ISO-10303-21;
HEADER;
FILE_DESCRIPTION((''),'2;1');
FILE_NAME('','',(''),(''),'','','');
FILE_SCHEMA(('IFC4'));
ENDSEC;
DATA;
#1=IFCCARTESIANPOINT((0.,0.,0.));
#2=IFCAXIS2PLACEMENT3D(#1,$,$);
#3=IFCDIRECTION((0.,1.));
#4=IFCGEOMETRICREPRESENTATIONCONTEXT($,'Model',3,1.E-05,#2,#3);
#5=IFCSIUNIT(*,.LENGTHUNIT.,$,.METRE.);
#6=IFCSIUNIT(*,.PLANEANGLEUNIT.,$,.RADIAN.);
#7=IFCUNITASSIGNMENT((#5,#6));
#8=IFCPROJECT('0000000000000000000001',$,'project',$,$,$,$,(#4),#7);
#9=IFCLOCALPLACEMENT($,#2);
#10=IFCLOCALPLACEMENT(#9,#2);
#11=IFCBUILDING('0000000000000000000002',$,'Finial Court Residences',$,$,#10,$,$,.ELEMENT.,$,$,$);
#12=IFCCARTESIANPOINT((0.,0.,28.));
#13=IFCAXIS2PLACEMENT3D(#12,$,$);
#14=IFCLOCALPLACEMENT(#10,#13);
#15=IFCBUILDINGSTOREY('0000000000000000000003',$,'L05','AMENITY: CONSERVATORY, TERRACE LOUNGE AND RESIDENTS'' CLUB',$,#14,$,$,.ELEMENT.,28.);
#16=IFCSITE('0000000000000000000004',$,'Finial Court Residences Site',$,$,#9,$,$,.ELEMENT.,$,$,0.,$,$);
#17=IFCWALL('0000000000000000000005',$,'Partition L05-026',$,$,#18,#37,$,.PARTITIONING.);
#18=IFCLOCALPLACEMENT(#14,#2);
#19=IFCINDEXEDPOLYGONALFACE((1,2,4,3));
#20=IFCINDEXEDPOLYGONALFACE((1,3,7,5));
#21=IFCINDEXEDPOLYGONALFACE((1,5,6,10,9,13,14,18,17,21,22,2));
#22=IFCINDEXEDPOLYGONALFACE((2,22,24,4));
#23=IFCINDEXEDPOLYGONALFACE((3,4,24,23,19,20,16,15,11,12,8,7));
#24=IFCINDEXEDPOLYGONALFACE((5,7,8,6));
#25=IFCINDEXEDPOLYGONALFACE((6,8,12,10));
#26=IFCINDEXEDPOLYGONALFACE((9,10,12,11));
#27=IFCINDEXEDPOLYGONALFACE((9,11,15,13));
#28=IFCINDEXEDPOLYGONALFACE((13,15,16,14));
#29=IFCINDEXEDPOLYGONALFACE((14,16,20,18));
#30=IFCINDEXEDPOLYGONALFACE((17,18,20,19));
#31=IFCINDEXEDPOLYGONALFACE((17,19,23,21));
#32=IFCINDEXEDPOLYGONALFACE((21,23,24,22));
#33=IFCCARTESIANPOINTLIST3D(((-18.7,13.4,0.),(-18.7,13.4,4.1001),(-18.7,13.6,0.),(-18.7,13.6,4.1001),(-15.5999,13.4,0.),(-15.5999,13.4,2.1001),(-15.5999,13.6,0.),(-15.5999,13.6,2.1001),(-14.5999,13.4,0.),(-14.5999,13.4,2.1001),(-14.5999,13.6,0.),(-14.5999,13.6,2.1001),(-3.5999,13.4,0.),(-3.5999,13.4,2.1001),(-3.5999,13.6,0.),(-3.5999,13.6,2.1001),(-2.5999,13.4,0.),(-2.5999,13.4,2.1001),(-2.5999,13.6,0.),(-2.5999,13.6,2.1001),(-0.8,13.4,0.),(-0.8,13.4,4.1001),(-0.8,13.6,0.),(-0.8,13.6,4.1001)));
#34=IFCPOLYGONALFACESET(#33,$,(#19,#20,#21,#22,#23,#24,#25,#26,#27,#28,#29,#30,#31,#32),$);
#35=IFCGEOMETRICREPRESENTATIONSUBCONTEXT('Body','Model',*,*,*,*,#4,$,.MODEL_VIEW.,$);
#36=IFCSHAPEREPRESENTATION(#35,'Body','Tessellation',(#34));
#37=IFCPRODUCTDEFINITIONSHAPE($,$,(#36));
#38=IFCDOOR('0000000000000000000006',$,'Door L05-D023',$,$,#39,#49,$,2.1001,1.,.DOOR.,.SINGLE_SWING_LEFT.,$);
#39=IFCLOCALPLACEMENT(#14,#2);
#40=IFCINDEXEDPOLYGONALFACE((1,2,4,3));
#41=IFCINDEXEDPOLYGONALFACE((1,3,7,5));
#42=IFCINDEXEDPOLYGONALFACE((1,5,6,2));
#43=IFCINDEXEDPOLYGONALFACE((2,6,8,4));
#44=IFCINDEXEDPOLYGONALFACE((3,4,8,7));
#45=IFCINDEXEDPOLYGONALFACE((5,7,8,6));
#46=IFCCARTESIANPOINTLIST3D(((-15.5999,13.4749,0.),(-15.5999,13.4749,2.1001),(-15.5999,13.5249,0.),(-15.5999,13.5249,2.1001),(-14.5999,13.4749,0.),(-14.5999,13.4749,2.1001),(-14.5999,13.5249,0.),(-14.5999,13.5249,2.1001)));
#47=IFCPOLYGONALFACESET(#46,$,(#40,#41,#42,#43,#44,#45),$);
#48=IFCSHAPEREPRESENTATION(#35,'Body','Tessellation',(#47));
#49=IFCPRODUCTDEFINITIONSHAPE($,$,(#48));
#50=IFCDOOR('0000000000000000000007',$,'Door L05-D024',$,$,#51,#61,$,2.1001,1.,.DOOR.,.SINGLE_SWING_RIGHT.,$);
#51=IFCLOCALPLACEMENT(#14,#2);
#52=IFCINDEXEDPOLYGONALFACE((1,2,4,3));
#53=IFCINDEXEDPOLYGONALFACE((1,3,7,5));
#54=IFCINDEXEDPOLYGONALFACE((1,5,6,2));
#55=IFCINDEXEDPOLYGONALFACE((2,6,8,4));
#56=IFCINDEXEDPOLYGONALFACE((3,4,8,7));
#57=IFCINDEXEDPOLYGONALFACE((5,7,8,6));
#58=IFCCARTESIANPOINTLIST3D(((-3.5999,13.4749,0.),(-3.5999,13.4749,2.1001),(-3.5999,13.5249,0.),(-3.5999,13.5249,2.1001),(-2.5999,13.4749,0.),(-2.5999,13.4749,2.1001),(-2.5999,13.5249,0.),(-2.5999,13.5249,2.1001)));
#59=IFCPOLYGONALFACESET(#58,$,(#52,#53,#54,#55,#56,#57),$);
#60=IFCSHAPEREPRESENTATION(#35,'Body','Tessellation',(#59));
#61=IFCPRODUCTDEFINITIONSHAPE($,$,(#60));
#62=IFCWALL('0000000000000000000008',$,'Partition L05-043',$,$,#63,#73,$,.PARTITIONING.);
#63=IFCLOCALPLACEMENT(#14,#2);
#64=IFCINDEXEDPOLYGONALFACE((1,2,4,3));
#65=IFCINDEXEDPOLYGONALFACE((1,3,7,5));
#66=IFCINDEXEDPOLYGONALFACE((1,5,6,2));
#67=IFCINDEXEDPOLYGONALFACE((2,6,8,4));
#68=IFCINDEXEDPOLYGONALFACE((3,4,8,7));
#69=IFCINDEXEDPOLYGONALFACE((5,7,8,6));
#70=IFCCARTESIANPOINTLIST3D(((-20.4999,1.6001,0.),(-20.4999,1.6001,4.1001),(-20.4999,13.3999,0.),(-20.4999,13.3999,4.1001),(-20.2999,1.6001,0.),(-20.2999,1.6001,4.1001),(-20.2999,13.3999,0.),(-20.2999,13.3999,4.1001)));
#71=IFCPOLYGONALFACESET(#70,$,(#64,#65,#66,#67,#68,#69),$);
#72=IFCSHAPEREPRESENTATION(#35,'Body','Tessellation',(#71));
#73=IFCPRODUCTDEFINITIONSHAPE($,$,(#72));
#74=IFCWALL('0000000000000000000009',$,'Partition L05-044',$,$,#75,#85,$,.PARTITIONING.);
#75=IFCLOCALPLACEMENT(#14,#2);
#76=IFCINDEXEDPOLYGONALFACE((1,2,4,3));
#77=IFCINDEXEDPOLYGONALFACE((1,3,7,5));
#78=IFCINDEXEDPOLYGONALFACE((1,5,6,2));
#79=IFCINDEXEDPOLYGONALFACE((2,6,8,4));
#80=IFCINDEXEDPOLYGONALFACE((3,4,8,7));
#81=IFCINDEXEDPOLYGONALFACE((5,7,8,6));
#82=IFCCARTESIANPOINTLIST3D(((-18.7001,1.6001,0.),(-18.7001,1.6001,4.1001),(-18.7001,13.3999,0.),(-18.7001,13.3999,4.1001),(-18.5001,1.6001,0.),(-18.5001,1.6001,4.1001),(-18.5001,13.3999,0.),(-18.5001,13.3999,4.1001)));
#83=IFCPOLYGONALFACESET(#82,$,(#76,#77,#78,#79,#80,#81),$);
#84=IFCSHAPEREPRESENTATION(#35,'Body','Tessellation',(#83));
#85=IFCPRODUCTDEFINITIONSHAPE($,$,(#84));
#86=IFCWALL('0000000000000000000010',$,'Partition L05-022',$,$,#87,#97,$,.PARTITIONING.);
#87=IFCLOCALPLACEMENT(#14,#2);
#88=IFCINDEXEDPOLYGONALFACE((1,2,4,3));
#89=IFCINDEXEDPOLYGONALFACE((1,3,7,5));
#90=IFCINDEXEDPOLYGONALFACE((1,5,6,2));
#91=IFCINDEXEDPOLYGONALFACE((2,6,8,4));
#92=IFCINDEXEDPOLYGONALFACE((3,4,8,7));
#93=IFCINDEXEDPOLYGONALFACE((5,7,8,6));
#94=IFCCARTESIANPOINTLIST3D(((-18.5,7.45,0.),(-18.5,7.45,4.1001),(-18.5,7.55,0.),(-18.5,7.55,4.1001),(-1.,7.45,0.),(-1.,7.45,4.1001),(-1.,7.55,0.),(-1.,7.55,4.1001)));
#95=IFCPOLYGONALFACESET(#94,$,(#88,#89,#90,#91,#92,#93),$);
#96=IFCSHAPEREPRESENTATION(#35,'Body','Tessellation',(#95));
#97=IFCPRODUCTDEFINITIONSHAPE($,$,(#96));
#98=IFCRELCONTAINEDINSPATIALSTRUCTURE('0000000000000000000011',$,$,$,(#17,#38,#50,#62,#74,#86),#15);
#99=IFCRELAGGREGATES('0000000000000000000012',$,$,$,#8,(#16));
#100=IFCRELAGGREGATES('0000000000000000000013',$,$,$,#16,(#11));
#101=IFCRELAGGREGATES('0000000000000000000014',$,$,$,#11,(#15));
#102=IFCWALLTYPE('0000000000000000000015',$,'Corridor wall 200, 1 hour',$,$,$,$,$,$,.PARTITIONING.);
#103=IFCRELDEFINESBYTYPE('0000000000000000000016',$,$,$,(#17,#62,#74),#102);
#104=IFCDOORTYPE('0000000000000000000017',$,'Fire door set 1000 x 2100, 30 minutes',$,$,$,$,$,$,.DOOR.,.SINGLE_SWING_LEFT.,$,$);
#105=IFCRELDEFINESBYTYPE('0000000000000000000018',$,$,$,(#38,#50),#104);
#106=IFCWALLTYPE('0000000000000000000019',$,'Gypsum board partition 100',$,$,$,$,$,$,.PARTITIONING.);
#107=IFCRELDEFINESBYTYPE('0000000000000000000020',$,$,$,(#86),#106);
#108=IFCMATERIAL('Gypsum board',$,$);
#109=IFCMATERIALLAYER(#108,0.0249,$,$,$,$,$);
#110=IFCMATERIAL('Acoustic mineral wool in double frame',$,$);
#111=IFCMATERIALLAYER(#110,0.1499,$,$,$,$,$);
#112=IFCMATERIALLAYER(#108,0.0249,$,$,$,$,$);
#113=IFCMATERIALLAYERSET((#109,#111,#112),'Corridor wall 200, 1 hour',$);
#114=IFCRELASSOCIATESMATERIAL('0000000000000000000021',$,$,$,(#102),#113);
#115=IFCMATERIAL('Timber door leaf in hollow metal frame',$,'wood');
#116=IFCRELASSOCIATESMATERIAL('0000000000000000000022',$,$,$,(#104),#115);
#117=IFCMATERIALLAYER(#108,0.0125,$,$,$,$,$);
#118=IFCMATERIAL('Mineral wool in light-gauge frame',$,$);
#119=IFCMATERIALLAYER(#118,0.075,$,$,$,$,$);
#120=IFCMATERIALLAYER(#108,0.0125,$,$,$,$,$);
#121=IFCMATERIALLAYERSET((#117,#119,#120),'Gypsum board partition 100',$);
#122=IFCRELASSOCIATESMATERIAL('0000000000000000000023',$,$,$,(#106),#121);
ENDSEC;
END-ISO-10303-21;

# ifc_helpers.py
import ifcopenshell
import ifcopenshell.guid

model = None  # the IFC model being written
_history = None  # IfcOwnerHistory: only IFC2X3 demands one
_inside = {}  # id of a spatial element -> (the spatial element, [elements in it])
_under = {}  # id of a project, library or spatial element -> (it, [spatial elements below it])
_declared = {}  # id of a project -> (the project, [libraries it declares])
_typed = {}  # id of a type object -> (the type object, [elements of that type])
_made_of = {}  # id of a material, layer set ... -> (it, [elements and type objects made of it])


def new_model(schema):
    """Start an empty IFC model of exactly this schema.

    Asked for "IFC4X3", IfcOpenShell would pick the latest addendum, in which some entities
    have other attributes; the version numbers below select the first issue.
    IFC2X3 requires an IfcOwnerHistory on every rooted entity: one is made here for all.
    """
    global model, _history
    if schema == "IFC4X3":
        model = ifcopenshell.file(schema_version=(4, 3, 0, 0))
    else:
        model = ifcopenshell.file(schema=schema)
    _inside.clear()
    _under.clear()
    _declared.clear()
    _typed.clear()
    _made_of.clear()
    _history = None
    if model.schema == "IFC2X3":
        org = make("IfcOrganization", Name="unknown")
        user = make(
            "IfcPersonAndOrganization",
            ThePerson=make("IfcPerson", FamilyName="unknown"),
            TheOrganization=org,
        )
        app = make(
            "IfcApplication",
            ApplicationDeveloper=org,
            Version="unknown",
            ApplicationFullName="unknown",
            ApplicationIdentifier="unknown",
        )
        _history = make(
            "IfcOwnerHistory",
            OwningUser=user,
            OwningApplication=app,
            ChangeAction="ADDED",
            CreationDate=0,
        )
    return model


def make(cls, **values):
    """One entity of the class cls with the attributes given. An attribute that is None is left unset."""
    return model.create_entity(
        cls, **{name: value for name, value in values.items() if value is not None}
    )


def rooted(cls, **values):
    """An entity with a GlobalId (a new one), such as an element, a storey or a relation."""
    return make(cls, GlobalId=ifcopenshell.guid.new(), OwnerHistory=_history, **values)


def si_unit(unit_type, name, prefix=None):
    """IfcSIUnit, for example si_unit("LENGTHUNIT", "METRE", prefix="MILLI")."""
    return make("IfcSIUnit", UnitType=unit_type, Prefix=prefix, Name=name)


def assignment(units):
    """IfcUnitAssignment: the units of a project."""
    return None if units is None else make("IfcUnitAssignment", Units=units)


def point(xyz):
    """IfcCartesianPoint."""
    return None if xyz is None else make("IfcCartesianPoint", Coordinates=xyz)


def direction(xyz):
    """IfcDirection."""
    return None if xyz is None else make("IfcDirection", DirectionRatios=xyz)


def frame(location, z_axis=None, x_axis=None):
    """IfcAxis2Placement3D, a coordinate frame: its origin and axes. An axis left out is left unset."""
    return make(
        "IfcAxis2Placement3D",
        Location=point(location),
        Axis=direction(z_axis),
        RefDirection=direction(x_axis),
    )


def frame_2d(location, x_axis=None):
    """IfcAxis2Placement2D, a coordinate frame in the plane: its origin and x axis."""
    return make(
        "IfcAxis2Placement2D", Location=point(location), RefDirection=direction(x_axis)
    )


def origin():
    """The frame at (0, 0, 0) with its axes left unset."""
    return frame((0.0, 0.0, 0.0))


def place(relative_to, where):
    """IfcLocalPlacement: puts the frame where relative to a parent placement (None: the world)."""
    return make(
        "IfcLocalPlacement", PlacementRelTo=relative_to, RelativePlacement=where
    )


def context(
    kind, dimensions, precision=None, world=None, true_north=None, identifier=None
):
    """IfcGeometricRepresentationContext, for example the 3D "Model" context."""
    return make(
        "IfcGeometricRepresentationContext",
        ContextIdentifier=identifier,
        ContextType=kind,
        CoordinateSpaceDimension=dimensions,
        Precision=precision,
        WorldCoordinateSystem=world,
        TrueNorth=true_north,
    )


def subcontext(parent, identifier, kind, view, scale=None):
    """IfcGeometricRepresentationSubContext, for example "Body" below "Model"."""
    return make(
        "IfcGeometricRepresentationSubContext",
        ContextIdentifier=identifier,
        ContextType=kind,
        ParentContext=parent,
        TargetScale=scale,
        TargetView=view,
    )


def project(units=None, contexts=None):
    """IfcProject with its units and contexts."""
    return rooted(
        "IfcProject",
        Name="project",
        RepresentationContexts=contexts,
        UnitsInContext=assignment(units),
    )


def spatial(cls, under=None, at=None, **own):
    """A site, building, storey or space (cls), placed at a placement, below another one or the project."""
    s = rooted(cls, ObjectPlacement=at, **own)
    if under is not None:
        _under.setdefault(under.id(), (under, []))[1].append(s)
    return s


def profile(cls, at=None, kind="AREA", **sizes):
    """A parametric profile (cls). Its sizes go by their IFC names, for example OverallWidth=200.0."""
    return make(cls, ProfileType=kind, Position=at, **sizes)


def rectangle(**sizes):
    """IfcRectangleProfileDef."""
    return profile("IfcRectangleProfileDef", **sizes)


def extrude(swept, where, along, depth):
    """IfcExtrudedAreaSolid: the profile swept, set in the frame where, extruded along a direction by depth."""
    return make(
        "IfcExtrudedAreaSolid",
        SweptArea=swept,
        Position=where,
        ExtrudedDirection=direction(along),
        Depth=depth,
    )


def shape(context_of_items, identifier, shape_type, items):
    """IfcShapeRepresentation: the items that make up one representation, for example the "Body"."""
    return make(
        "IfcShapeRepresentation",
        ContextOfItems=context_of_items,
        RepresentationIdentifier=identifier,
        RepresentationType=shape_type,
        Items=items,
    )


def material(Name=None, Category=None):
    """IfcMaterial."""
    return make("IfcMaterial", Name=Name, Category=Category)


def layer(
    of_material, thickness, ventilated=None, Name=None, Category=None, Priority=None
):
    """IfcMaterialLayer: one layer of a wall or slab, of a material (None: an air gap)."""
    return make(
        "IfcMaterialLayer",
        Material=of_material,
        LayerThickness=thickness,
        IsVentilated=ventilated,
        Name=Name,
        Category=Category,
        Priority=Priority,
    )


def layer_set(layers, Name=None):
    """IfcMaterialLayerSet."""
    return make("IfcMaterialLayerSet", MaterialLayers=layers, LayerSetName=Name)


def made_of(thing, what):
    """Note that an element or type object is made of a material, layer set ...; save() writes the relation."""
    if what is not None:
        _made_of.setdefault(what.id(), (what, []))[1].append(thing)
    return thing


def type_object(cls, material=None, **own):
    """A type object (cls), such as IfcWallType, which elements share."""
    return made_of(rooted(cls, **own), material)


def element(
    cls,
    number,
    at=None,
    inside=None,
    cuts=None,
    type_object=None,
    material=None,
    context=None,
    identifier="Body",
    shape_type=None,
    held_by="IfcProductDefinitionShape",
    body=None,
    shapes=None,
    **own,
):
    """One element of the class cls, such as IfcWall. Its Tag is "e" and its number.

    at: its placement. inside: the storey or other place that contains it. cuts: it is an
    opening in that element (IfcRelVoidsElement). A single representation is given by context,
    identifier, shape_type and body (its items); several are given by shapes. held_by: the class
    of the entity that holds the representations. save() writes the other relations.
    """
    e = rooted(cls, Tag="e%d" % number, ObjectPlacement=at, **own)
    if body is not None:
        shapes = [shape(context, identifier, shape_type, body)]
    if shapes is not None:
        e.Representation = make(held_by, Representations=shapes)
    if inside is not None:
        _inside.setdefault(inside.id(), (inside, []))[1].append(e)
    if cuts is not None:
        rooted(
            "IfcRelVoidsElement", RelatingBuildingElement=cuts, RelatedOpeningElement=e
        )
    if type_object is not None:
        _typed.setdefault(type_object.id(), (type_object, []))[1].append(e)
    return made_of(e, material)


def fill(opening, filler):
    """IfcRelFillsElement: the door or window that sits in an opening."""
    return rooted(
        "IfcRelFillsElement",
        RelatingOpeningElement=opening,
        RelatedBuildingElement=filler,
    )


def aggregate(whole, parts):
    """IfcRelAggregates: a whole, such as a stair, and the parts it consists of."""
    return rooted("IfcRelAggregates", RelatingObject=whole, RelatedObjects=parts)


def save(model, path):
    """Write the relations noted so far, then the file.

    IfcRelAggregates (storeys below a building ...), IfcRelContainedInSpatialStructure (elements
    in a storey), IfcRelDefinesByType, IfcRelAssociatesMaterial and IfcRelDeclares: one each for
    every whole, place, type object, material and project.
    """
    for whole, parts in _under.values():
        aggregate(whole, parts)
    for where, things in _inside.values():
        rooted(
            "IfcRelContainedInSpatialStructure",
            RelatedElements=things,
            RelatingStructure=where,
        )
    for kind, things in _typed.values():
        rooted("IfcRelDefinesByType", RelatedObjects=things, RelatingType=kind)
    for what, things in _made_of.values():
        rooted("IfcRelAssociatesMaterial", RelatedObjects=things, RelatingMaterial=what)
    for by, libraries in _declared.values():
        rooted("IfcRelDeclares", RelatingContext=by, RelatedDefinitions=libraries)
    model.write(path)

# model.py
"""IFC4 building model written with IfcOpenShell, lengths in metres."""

from ifc_helpers import new_model, si_unit, direction, frame, frame_2d, origin, place, context, subcontext, project, spatial, rectangle, extrude, material, layer, layer_set, type_object, element, fill, save


model = new_model("IFC4")

# Units and contexts
model_context = context("Model", 3, precision=1e-05, world=origin(), true_north=direction((0.0, 1.0)))
body_context = subcontext(model_context, "Body", "Model", "MODEL_VIEW")
ifc_project = project(units=[si_unit("LENGTHUNIT", "METRE"), si_unit("PLANEANGLEUNIT", "RADIAN")], contexts=[model_context])

# Site, building, storey
site_placement = place(None, origin())
site = spatial("IfcSite", under=ifc_project, at=site_placement, Name="Finial Court Residences Site", CompositionType="ELEMENT", RefElevation=0.0)
building_placement = place(site_placement, origin())
building = spatial("IfcBuilding", under=site, at=building_placement, Name="Finial Court Residences", CompositionType="ELEMENT")
storey_placement = place(building_placement, frame((0.0, 0.0, 28.0)))
storey = spatial("IfcBuildingStorey", under=building, at=storey_placement, Name="L05", Description="AMENITY: CONSERVATORY, TERRACE LOUNGE AND RESIDENTS' CLUB", CompositionType="ELEMENT", Elevation=28.0)

# Wall, openings, doors
ifc_material_1 = material(Name="Gypsum board")
ifc_layer_1 = layer(ifc_material_1, 0.0249)
ifc_material_2 = material(Name="Acoustic mineral wool in double frame")
ifc_layer_2 = layer(ifc_material_2, 0.1499)
ifc_layer_3 = layer(ifc_material_1, 0.0249)
ifc_layer_set_1 = layer_set([ifc_layer_1, ifc_layer_2, ifc_layer_3], Name="Corridor wall 200, 1 hour")
wall_type_1 = type_object("IfcWallType", Name="Corridor wall 200, 1 hour", PredefinedType="PARTITIONING", material=ifc_layer_set_1)
ifc_material_3 = material(Name="Timber door leaf in hollow metal frame", Category="wood")
door_type = type_object("IfcDoorType", Name="Fire door set 1000 x 2100, 30 minutes", OperationType="SINGLE_SWING_LEFT", PredefinedType="DOOR", material=ifc_material_3)
wall_1_placement = place(storey_placement, frame((-18.7, 13.5, 0.0), z_axis=(0.0, 0.0, 1.0), x_axis=(1.0, 0.0, 0.0)))
wall_1 = element("IfcWall", 1, at=wall_1_placement, inside=storey, type_object=wall_type_1, Name="Partition L05-026", PredefinedType="PARTITIONING", context=body_context, shape_type="SweptSolid", body=[
    extrude(rectangle(XDim=17.8999, YDim=0.2, at=frame_2d((8.95, 0.0))), origin(), (0.0, 0.0, 1.0), 4.1001),
])
opening_1_placement = place(wall_1_placement, frame((3.1001, 0.0, 0.0)))
opening_1 = element("IfcOpeningElement", 2, at=opening_1_placement, cuts=wall_1, PredefinedType="OPENING", context=body_context, shape_type="SweptSolid", body=[
    extrude(rectangle(XDim=1.0, YDim=2.1001, at=frame_2d((0.5, 1.05))), frame((0.0, 0.1099, 0.0), z_axis=(0.0, -1.0, 0.0), x_axis=(1.0, 0.0, 0.0)), (0.0, 0.0, 1.0), 0.22),
])
opening_2_placement = place(wall_1_placement, frame((15.1001, 0.0, 0.0)))
opening_2 = element("IfcOpeningElement", 3, at=opening_2_placement, cuts=wall_1, PredefinedType="OPENING", context=body_context, shape_type="SweptSolid", body=[
    extrude(rectangle(XDim=1.0, YDim=2.1001, at=frame_2d((0.5, 1.05))), frame((0.0, 0.1099, 0.0), z_axis=(0.0, -1.0, 0.0), x_axis=(1.0, 0.0, 0.0)), (0.0, 0.0, 1.0), 0.22),
])
door_1_placement = place(opening_1_placement, origin())
door_1 = element("IfcDoor", 4, at=door_1_placement, inside=storey, type_object=door_type, Name="Door L05-D023", OperationType="SINGLE_SWING_LEFT", OverallHeight=2.1001, OverallWidth=1.0, PredefinedType="DOOR", context=body_context, shape_type="SweptSolid", body=[
    extrude(rectangle(XDim=1.0, YDim=2.1001, at=frame_2d((0.5, 1.05))), frame((0.0, 0.0249, 0.0), z_axis=(0.0, -1.0, 0.0), x_axis=(1.0, 0.0, 0.0)), (0.0, 0.0, 1.0), 0.05),
])
fill(opening_1, door_1)
door_2_placement = place(opening_2_placement, origin())
door_2 = element("IfcDoor", 5, at=door_2_placement, inside=storey, type_object=door_type, Name="Door L05-D024", OperationType="SINGLE_SWING_RIGHT", OverallHeight=2.1001, OverallWidth=1.0, PredefinedType="DOOR", context=body_context, shape_type="SweptSolid", body=[
    extrude(rectangle(XDim=1.0, YDim=2.1001, at=frame_2d((0.5, 1.05))), frame((0.0, 0.0249, 0.0), z_axis=(0.0, -1.0, 0.0), x_axis=(1.0, 0.0, 0.0)), (0.0, 0.0, 1.0), 0.05),
])
fill(opening_2, door_2)

# Walls
for number, where, z_axis, x_axis, name in (
    (6, (-20.3999, 1.6001, 0.0), (0.0, 0.0, 1.0), (0.0, 1.0, 0.0), "Partition L05-043"),
    (7, (-18.6001, 1.6001, 0.0), (0.0, 0.0, 1.0), (0.0, 1.0, 0.0), "Partition L05-044"),
):
    element("IfcWall", number, at=place(storey_placement, frame(where, z_axis=z_axis, x_axis=x_axis)), inside=storey, type_object=wall_type_1, Name=name, PredefinedType="PARTITIONING", context=body_context, shape_type="SweptSolid", body=[
        extrude(rectangle(XDim=11.7998, YDim=0.2, at=frame_2d((5.8999, 0.0))), origin(), (0.0, 0.0, 1.0), 4.1001),
    ])
ifc_layer_4 = layer(ifc_material_1, 0.0125)
ifc_material_4 = material(Name="Mineral wool in light-gauge frame")
ifc_layer_5 = layer(ifc_material_4, 0.075)
ifc_layer_6 = layer(ifc_material_1, 0.0125)
ifc_layer_set_2 = layer_set([ifc_layer_4, ifc_layer_5, ifc_layer_6], Name="Gypsum board partition 100")
wall_type_2 = type_object("IfcWallType", Name="Gypsum board partition 100", PredefinedType="PARTITIONING", material=ifc_layer_set_2)
wall_2_placement = place(storey_placement, frame((-18.5, 7.5, 0.0), z_axis=(0.0, 0.0, 1.0), x_axis=(1.0, 0.0, 0.0)))
element("IfcWall", 8, at=wall_2_placement, inside=storey, type_object=wall_type_2, Name="Partition L05-022", PredefinedType="PARTITIONING", context=body_context, shape_type="SweptSolid", body=[
    extrude(rectangle(XDim=17.5, YDim=0.1001, at=frame_2d((8.75, 0.0))), origin(), (0.0, 0.0, 1.0), 4.1001),
])

save(model, "model.ifc")
